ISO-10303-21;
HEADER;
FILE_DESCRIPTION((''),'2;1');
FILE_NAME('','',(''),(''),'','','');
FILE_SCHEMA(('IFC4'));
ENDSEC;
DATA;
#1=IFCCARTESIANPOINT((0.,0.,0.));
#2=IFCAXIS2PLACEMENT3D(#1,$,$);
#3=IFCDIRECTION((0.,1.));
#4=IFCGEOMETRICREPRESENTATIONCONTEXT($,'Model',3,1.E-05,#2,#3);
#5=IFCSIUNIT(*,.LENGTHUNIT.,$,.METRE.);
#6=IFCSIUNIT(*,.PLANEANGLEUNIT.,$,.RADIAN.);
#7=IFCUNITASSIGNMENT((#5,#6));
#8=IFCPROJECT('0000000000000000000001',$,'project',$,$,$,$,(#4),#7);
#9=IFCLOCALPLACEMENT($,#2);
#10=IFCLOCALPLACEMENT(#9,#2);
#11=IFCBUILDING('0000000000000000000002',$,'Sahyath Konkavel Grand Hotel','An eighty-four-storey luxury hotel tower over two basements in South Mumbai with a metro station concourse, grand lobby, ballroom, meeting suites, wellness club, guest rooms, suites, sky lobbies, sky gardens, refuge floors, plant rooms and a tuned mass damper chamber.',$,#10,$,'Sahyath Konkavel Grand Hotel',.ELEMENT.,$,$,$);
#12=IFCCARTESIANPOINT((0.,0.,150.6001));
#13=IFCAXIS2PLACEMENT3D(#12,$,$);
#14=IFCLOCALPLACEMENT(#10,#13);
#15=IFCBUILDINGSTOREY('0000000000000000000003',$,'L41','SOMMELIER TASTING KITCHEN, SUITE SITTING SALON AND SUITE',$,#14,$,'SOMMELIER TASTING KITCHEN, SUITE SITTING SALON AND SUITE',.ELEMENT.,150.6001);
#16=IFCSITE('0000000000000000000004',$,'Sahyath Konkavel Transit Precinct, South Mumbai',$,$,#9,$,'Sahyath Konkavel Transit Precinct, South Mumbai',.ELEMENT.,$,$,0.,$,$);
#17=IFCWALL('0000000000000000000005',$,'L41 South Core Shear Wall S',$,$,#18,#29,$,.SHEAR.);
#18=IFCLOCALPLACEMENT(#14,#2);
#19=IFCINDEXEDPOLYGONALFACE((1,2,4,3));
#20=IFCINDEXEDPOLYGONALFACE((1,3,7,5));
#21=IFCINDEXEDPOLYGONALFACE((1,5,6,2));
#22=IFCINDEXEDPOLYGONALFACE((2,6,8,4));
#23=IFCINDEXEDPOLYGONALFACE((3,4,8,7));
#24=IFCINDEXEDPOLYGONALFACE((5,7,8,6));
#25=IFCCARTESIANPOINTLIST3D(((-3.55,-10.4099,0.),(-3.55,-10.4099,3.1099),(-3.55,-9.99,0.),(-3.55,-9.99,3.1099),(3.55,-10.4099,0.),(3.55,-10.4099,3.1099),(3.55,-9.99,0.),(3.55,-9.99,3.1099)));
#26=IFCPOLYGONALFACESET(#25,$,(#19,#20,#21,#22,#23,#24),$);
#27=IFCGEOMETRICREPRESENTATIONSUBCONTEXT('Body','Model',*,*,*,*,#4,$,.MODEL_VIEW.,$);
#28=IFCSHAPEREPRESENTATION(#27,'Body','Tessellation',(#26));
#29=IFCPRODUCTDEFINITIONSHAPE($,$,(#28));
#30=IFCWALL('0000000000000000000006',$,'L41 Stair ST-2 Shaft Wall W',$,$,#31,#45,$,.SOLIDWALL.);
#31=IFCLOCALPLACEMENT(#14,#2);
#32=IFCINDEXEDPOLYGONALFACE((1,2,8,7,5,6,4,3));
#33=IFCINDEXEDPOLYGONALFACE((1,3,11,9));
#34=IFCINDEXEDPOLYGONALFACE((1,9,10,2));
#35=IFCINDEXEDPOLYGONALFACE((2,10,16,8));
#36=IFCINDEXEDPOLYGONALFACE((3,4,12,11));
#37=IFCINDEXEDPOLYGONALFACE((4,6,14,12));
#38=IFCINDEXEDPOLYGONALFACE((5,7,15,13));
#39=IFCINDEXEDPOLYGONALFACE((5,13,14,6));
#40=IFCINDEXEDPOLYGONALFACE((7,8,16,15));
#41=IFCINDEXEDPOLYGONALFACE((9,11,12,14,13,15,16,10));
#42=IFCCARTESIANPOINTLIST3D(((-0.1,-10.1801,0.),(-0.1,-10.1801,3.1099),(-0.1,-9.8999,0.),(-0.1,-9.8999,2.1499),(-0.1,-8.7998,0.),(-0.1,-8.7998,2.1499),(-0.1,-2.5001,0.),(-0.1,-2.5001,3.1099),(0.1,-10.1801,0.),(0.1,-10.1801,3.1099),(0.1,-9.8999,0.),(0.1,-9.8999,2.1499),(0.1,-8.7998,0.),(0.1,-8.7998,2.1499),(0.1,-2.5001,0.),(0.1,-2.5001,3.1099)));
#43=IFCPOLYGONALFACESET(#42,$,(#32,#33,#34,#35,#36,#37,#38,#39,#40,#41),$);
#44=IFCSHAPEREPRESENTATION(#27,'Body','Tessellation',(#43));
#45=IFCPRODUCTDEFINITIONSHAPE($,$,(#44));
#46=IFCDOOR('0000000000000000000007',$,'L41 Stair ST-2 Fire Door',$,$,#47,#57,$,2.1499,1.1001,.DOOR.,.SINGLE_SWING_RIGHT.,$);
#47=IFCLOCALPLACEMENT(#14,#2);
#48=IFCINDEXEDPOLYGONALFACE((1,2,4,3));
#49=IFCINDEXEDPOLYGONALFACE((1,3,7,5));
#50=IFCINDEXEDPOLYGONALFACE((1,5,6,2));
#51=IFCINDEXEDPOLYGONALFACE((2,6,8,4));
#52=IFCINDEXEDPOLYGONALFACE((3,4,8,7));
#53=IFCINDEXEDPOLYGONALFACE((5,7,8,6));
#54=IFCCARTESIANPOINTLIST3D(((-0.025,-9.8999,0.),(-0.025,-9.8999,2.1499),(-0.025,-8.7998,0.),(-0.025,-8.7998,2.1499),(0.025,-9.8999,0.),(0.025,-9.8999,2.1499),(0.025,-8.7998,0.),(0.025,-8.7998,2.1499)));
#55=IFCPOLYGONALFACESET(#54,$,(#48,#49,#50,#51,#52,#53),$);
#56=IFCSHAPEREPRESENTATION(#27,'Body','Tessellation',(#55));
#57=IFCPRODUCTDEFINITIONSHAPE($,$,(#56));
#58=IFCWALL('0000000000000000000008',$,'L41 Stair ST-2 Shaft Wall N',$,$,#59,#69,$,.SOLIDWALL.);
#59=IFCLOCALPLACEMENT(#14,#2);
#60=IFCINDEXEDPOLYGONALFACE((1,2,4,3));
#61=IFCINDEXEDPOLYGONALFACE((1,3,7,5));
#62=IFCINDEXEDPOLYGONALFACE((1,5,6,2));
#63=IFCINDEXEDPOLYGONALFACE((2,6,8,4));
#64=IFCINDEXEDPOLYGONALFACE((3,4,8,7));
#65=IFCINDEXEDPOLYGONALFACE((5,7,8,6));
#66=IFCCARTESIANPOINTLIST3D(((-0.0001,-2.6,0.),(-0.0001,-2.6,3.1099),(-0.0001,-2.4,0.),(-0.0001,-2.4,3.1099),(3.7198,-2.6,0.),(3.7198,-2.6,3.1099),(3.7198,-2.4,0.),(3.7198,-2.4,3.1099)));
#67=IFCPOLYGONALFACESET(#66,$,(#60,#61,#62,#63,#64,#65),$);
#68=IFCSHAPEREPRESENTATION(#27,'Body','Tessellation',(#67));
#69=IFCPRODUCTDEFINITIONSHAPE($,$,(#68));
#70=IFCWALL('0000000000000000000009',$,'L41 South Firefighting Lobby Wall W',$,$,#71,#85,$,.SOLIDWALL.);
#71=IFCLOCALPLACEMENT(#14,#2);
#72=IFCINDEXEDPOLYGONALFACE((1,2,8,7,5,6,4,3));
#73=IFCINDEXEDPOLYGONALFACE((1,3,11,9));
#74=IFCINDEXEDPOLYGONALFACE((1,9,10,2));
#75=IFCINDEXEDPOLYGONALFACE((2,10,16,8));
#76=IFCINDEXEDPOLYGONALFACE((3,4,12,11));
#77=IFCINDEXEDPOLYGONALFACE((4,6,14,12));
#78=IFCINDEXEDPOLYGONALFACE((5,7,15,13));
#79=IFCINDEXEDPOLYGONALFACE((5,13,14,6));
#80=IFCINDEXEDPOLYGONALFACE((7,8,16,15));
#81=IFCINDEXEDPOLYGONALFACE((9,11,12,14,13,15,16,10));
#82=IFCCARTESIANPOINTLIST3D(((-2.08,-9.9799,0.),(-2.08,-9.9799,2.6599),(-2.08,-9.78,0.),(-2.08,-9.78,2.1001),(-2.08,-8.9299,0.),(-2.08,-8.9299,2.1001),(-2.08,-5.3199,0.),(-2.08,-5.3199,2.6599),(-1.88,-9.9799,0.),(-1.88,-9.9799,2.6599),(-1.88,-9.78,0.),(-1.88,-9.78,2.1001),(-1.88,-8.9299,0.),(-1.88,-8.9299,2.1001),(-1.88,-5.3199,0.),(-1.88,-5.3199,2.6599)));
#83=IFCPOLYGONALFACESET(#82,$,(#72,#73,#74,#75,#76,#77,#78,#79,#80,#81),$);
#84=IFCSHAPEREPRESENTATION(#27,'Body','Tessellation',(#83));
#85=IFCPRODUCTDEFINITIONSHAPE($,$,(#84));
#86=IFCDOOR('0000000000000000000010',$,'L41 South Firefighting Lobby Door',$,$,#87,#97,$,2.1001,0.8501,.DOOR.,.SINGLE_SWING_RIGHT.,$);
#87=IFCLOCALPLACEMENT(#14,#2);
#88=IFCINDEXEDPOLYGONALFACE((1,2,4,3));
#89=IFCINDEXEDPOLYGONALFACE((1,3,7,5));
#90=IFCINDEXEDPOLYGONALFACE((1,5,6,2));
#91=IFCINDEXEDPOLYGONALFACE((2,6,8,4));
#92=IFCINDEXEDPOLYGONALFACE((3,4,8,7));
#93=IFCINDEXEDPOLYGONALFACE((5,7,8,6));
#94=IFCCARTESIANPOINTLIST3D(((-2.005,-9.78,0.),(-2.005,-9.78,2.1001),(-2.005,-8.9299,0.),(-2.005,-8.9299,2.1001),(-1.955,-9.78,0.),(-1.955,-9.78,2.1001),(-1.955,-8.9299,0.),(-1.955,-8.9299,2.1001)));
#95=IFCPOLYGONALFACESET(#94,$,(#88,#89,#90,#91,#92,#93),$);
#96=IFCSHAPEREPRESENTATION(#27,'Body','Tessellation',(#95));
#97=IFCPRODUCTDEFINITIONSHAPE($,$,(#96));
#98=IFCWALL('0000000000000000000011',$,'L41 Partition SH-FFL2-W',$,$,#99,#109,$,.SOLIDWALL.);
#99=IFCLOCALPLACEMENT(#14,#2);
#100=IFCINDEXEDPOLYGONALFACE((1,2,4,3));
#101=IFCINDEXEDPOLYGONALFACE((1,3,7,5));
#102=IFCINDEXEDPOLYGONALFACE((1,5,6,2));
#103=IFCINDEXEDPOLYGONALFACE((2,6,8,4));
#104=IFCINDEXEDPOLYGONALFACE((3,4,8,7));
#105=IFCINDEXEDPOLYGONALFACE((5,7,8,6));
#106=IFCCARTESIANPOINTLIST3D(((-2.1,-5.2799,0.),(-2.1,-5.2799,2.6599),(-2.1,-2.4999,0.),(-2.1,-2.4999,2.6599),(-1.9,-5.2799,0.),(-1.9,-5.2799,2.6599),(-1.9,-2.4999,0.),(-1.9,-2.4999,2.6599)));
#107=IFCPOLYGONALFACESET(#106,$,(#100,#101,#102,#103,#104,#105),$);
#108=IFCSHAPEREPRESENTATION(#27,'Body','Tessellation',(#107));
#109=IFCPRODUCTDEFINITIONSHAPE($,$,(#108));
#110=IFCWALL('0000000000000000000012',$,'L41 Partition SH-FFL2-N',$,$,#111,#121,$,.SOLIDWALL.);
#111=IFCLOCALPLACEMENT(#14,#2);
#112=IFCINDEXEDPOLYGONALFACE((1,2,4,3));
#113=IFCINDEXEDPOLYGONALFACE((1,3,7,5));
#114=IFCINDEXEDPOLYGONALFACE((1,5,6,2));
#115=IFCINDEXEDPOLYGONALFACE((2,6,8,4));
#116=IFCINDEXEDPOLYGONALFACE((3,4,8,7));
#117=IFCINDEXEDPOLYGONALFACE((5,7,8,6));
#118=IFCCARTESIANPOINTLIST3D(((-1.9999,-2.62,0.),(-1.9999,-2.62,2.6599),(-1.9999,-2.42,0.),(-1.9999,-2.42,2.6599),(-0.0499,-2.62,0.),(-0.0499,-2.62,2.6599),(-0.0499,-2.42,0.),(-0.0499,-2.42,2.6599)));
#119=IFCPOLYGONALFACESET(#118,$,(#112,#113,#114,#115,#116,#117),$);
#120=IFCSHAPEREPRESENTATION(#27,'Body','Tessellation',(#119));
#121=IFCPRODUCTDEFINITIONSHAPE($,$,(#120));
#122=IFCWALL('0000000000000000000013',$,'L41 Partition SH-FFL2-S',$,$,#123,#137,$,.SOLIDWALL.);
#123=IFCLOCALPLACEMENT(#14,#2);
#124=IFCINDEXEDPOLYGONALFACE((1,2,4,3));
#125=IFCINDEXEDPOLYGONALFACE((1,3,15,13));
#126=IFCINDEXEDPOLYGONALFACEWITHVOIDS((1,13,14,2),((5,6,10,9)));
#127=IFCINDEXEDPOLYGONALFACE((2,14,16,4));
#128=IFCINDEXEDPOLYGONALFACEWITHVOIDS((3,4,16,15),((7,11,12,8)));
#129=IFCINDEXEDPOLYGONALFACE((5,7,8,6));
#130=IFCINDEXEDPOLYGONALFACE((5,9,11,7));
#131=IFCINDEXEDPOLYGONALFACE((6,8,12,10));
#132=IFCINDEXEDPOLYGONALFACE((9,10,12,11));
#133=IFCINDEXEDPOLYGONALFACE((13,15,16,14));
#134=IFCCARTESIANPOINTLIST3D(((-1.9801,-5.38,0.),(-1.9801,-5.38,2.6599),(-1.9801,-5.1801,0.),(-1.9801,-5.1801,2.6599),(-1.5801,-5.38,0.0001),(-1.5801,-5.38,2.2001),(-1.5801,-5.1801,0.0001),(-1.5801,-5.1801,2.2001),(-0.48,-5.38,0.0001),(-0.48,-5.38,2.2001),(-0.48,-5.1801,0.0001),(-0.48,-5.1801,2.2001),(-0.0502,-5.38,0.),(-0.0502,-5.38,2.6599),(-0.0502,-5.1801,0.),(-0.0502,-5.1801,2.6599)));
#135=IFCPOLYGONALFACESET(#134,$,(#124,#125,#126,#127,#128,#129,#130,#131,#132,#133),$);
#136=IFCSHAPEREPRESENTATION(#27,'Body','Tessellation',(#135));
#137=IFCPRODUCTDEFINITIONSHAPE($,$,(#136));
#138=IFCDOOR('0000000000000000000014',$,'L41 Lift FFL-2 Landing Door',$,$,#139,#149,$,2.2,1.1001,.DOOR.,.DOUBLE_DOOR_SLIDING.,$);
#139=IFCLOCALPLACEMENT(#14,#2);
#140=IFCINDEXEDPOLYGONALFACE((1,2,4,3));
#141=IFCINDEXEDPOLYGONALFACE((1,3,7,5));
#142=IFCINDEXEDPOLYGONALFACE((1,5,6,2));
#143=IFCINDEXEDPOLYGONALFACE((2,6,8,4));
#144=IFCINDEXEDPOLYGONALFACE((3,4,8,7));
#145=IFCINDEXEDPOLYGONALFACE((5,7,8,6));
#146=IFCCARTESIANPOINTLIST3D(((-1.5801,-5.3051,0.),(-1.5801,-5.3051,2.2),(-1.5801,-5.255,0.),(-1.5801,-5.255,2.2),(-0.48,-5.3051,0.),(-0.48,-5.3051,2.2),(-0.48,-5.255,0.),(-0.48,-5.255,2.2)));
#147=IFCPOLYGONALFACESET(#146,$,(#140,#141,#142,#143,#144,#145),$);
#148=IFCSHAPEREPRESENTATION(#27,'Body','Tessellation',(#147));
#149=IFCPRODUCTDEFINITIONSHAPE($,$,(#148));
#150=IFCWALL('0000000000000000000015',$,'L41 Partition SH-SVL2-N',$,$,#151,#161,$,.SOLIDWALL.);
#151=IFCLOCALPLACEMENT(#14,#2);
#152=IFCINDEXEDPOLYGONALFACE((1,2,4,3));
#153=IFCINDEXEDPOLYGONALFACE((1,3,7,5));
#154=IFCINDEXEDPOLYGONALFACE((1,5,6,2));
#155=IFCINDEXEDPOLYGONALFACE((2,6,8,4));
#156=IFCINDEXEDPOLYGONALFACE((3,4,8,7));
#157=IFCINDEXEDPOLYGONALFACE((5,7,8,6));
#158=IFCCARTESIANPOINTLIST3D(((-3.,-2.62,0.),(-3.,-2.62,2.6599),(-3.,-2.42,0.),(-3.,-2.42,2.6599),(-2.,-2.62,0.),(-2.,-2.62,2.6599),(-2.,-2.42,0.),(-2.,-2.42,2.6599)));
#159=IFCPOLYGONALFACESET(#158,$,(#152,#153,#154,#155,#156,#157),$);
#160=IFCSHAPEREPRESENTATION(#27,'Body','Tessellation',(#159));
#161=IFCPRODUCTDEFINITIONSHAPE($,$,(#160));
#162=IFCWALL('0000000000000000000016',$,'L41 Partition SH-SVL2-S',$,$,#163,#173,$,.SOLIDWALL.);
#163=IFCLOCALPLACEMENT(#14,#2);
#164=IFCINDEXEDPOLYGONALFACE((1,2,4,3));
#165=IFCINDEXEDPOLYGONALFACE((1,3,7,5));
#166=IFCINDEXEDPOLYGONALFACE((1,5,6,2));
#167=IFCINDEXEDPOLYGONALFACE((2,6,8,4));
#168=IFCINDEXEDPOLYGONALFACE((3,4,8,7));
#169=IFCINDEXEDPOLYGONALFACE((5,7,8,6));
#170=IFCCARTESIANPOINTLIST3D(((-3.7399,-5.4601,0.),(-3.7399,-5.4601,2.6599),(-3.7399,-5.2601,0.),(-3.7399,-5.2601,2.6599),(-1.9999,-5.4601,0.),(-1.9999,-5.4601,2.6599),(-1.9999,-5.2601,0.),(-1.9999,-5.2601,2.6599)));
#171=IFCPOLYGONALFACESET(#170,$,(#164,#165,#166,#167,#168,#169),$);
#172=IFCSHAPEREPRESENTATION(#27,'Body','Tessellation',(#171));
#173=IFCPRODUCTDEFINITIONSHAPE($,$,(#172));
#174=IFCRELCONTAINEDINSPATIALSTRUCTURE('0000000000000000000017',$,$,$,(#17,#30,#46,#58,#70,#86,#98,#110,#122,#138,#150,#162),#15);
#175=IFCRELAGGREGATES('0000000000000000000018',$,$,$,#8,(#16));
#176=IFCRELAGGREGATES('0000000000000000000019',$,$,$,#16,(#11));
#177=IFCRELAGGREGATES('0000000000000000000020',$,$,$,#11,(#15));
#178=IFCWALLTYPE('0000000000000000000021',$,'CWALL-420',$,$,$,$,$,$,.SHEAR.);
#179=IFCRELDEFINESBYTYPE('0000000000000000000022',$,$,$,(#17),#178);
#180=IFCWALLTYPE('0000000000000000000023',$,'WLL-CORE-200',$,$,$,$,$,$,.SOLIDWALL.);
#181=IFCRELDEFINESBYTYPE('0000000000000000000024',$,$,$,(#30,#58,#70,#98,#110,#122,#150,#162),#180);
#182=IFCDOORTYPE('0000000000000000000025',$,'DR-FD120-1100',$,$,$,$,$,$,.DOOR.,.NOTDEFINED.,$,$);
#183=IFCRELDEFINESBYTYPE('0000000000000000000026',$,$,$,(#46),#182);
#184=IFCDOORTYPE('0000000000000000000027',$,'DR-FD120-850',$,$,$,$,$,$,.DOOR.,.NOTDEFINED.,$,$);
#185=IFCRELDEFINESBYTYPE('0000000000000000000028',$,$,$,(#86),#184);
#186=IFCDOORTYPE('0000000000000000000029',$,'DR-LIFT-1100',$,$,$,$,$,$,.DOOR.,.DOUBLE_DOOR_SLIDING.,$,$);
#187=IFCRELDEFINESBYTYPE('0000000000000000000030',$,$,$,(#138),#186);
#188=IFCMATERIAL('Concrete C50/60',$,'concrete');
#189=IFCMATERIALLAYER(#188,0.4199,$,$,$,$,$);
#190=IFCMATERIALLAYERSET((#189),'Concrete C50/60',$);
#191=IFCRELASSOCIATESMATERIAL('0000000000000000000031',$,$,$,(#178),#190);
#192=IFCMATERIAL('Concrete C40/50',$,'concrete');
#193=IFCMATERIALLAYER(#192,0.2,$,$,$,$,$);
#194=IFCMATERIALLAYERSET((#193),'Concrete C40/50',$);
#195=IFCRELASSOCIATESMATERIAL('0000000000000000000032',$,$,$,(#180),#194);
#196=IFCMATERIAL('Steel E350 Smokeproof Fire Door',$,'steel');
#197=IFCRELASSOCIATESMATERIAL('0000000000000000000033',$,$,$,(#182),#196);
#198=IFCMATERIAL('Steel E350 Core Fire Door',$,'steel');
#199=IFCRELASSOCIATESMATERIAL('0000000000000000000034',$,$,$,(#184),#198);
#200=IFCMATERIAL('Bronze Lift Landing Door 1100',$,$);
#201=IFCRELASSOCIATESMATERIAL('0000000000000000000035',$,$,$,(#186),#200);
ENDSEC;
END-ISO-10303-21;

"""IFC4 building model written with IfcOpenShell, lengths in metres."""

from ifc_helpers import new_model, si_unit, direction, frame, frame_2d, origin, origin_2d, place, context, subcontext, project, spatial, rectangle, extrude, source, transform, mapped, material, layer, layer_set, type_object, element, fill, save


model = new_model("IFC4")

# Units and contexts
model_context = context("Model", 3, precision=1e-05, world=origin(), true_north=direction((0.0, 1.0)))
body_context = subcontext(model_context, "Body", "Model", "MODEL_VIEW")
ifc_project = project(units=[si_unit("LENGTHUNIT", "METRE"), si_unit("PLANEANGLEUNIT", "RADIAN")], contexts=[model_context])

# Site, building, storey
site_placement = place(None, origin())
site = spatial("IfcSite", under=ifc_project, at=site_placement, Name="Sahyath Konkavel Transit Precinct, South Mumbai", LongName="Sahyath Konkavel Transit Precinct, South Mumbai", CompositionType="ELEMENT", RefElevation=0.0)
building_placement = place(site_placement, origin())
building = spatial("IfcBuilding", under=site, at=building_placement, Name="Sahyath Konkavel Grand Hotel", Description="An eighty-four-storey luxury hotel tower over two basements in South Mumbai with a metro station concourse, grand lobby, ballroom, meeting suites, wellness club, guest rooms, suites, sky lobbies, sky gardens, refuge floors, plant rooms and a tuned mass damper chamber.", LongName="Sahyath Konkavel Grand Hotel", CompositionType="ELEMENT")
storey_placement = place(building_placement, frame((0.0, 0.0, 150.6001)))
storey = spatial("IfcBuildingStorey", under=building, at=storey_placement, Name="L41", Description="SOMMELIER TASTING KITCHEN, SUITE SITTING SALON AND SUITE", LongName="SOMMELIER TASTING KITCHEN, SUITE SITTING SALON AND SUITE", CompositionType="ELEMENT", Elevation=150.6001)

# Shared definitions
ifc_material_1 = material(Name="Concrete C50/60", Category="concrete")

# Wall
ifc_layer_1 = layer(ifc_material_1, 0.4199)
ifc_layer_set_1 = layer_set([ifc_layer_1], Name="Concrete C50/60")
wall_type_1 = type_object("IfcWallType", Name="CWALL-420", PredefinedType="SHEAR", material=ifc_layer_set_1)
wall_1_placement = place(storey_placement, frame((-3.55, -10.2, 0.0), z_axis=(0.0, 0.0, 1.0), x_axis=(1.0, 0.0, 0.0)))
element("IfcWall", 1, at=wall_1_placement, inside=storey, type_object=wall_type_1, Name="L41 South Core Shear Wall S", PredefinedType="SHEAR", context=body_context, shape_type="SweptSolid", body=[
    extrude(rectangle(XDim=7.1001, YDim=0.4199, at=frame_2d((3.55, 0.0))), origin(), (0.0, 0.0, 1.0), 3.1099),
])

# Wall, opening, door
ifc_material_2 = material(Name="Concrete C40/50", Category="concrete")
ifc_layer_2 = layer(ifc_material_2, 0.2)
ifc_layer_set_2 = layer_set([ifc_layer_2], Name="Concrete C40/50")
wall_type_2 = type_object("IfcWallType", Name="WLL-CORE-200", PredefinedType="SOLIDWALL", material=ifc_layer_set_2)
wall_2_placement = place(storey_placement, frame((0.0, -10.1799, 0.0), z_axis=(0.0, 0.0, 1.0), x_axis=(0.0, 1.0, 0.0)))
wall_2 = element("IfcWall", 2, at=wall_2_placement, inside=storey, type_object=wall_type_2, Name="L41 Stair ST-2 Shaft Wall W", PredefinedType="SOLIDWALL", context=body_context, shape_type="SweptSolid", body=[
    extrude(rectangle(XDim=7.6799, YDim=0.2, at=frame_2d((3.8398, 0.0))), origin(), (0.0, 0.0, 1.0), 3.1099),
])
opening_1_placement = place(wall_2_placement, frame((0.28, 0.0, 0.0)))
opening_1 = element("IfcOpeningElement", 3, at=opening_1_placement, cuts=wall_2, PredefinedType="OPENING", context=body_context, shape_type="SweptSolid", body=[
    extrude(rectangle(XDim=1.1001, YDim=2.1499, at=frame_2d((0.55, 1.075))), frame((0.0, 0.1099, 0.0), z_axis=(0.0, -1.0, 0.0), x_axis=(1.0, 0.0, 0.0)), (0.0, 0.0, 1.0), 0.22),
])
ifc_material_3 = material(Name="Steel E350 Smokeproof Fire Door", Category="steel")
door_type_1 = type_object("IfcDoorType", Name="DR-FD120-1100", OperationType="NOTDEFINED", PredefinedType="DOOR", material=ifc_material_3)
shared_shape_1 = source(origin(), body_context, "Body", "SweptSolid", [
    extrude(rectangle(XDim=1.1001, YDim=0.05, at=origin_2d()), origin(), (0.0, 0.0, 1.0), 2.1499),
])
door_1_placement = place(opening_1_placement, frame((0.55, 0.0, 0.0)))
door_1 = element("IfcDoor", 4, at=door_1_placement, inside=storey, type_object=door_type_1, Name="L41 Stair ST-2 Fire Door", OperationType="SINGLE_SWING_RIGHT", OverallHeight=2.1499, OverallWidth=1.1001, PredefinedType="DOOR", context=body_context, shape_type="MappedRepresentation", body=[
    mapped(shared_shape_1, transform((0.0, 0.0, 0.0), scale=1.0)),
])
fill(opening_1, door_1)

# Wall
wall_3_placement = place(storey_placement, frame((0.0, -2.5, 0.0), z_axis=(0.0, 0.0, 1.0), x_axis=(1.0, 0.0, 0.0)))
element("IfcWall", 5, at=wall_3_placement, inside=storey, type_object=wall_type_2, Name="L41 Stair ST-2 Shaft Wall N", PredefinedType="SOLIDWALL", context=body_context, shape_type="SweptSolid", body=[
    extrude(rectangle(XDim=3.72, YDim=0.2, at=frame_2d((1.8599, 0.0))), origin(), (0.0, 0.0, 1.0), 3.1099),
])

# Wall, opening, door
wall_4_placement = place(storey_placement, frame((-1.98, -9.98, 0.0), z_axis=(0.0, 0.0, 1.0), x_axis=(0.0, 1.0, 0.0)))
wall_4 = element("IfcWall", 6, at=wall_4_placement, inside=storey, type_object=wall_type_2, Name="L41 South Firefighting Lobby Wall W", PredefinedType="SOLIDWALL", context=body_context, shape_type="SweptSolid", body=[
    extrude(rectangle(XDim=4.6599, YDim=0.2, at=frame_2d((2.3301, 0.0))), origin(), (0.0, 0.0, 1.0), 2.6599),
])
opening_2_placement = place(wall_4_placement, frame((0.2, 0.0, 0.0)))
opening_2 = element("IfcOpeningElement", 7, at=opening_2_placement, cuts=wall_4, PredefinedType="OPENING", context=body_context, shape_type="SweptSolid", body=[
    extrude(rectangle(XDim=0.8501, YDim=2.1001, at=frame_2d((0.425, 1.05))), frame((0.0, 0.1099, 0.0), z_axis=(0.0, -1.0, 0.0), x_axis=(1.0, 0.0, 0.0)), (0.0, 0.0, 1.0), 0.22),
])
ifc_material_4 = material(Name="Steel E350 Core Fire Door", Category="steel")
door_type_2 = type_object("IfcDoorType", Name="DR-FD120-850", OperationType="NOTDEFINED", PredefinedType="DOOR", material=ifc_material_4)
shared_shape_2 = source(origin(), body_context, "Body", "SweptSolid", [
    extrude(rectangle(XDim=0.8501, YDim=0.05, at=origin_2d()), origin(), (0.0, 0.0, 1.0), 2.1001),
])
door_2_placement = place(opening_2_placement, frame((0.425, 0.0, 0.0)))
door_2 = element("IfcDoor", 8, at=door_2_placement, inside=storey, type_object=door_type_2, Name="L41 South Firefighting Lobby Door", OperationType="SINGLE_SWING_RIGHT", OverallHeight=2.1001, OverallWidth=0.8501, PredefinedType="DOOR", context=body_context, shape_type="MappedRepresentation", body=[
    mapped(shared_shape_2, transform((0.0, 0.0, 0.0), scale=1.0)),
])
fill(opening_2, door_2)

# Walls
wall_5_placement = place(storey_placement, frame((-2.0, -5.28, 0.0), z_axis=(0.0, 0.0, 1.0), x_axis=(0.0, 1.0, 0.0)))
element("IfcWall", 9, at=wall_5_placement, inside=storey, type_object=wall_type_2, Name="L41 Partition SH-FFL2-W", PredefinedType="SOLIDWALL", context=body_context, shape_type="SweptSolid", body=[
    extrude(rectangle(XDim=2.78, YDim=0.2, at=frame_2d((1.3901, 0.0))), origin(), (0.0, 0.0, 1.0), 2.6599),
])
wall_6_placement = place(storey_placement, frame((-2.0, -2.52, 0.0), z_axis=(0.0, 0.0, 1.0), x_axis=(1.0, 0.0, 0.0)))
element("IfcWall", 10, at=wall_6_placement, inside=storey, type_object=wall_type_2, Name="L41 Partition SH-FFL2-N", PredefinedType="SOLIDWALL", context=body_context, shape_type="SweptSolid", body=[
    extrude(rectangle(XDim=1.95, YDim=0.2, at=frame_2d((0.9751, 0.0))), origin(), (0.0, 0.0, 1.0), 2.6599),
])

# Wall, opening, door
wall_7_placement = place(storey_placement, frame((-1.98, -5.28, 0.0), z_axis=(0.0, 0.0, 1.0), x_axis=(1.0, 0.0, 0.0)))
wall_7 = element("IfcWall", 11, at=wall_7_placement, inside=storey, type_object=wall_type_2, Name="L41 Partition SH-FFL2-S", PredefinedType="SOLIDWALL", context=body_context, shape_type="SweptSolid", body=[
    extrude(rectangle(XDim=1.9299, YDim=0.2, at=frame_2d((0.9648, 0.0))), origin(), (0.0, 0.0, 1.0), 2.6599),
])
opening_3_placement = place(wall_7_placement, frame((0.3999, 0.0, 0.0)))
opening_3 = element("IfcOpeningElement", 12, at=opening_3_placement, cuts=wall_7, PredefinedType="OPENING", context=body_context, shape_type="SweptSolid", body=[
    extrude(rectangle(XDim=1.1001, YDim=2.2, at=frame_2d((0.55, 1.1001))), frame((0.0, 0.1099, 0.0), z_axis=(0.0, -1.0, 0.0), x_axis=(1.0, 0.0, 0.0)), (0.0, 0.0, 1.0), 0.22),
])
ifc_material_5 = material(Name="Bronze Lift Landing Door 1100")
door_type_3 = type_object("IfcDoorType", Name="DR-LIFT-1100", OperationType="DOUBLE_DOOR_SLIDING", PredefinedType="DOOR", material=ifc_material_5)
shared_shape_3 = source(origin(), body_context, "Body", "SweptSolid", [
    extrude(rectangle(XDim=1.1001, YDim=0.05, at=origin_2d()), origin(), (0.0, 0.0, 1.0), 2.2),
])
door_3_placement = place(opening_3_placement, frame((0.55, 0.0, 0.0)))
door_3 = element("IfcDoor", 13, at=door_3_placement, inside=storey, type_object=door_type_3, Name="L41 Lift FFL-2 Landing Door", OperationType="DOUBLE_DOOR_SLIDING", OverallHeight=2.2, OverallWidth=1.1001, PredefinedType="DOOR", context=body_context, shape_type="MappedRepresentation", body=[
    mapped(shared_shape_3, transform((0.0, 0.0, 0.0), scale=1.0)),
])
fill(opening_3, door_3)

# Walls
wall_8_placement = place(storey_placement, frame((-3.0, -2.52, 0.0), z_axis=(0.0, 0.0, 1.0), x_axis=(1.0, 0.0, 0.0)))
element("IfcWall", 14, at=wall_8_placement, inside=storey, type_object=wall_type_2, Name="L41 Partition SH-SVL2-N", PredefinedType="SOLIDWALL", context=body_context, shape_type="SweptSolid", body=[
    extrude(rectangle(XDim=1.0, YDim=0.2, at=frame_2d((0.5, 0.0))), origin(), (0.0, 0.0, 1.0), 2.6599),
])
wall_9_placement = place(storey_placement, frame((-3.74, -5.3601, 0.0), z_axis=(0.0, 0.0, 1.0), x_axis=(1.0, 0.0, 0.0)))
element("IfcWall", 15, at=wall_9_placement, inside=storey, type_object=wall_type_2, Name="L41 Partition SH-SVL2-S", PredefinedType="SOLIDWALL", context=body_context, shape_type="SweptSolid", body=[
    extrude(rectangle(XDim=1.74, YDim=0.2, at=frame_2d((0.8701, 0.0))), origin(), (0.0, 0.0, 1.0), 2.6599),
])

save(model, "model.ifc")
